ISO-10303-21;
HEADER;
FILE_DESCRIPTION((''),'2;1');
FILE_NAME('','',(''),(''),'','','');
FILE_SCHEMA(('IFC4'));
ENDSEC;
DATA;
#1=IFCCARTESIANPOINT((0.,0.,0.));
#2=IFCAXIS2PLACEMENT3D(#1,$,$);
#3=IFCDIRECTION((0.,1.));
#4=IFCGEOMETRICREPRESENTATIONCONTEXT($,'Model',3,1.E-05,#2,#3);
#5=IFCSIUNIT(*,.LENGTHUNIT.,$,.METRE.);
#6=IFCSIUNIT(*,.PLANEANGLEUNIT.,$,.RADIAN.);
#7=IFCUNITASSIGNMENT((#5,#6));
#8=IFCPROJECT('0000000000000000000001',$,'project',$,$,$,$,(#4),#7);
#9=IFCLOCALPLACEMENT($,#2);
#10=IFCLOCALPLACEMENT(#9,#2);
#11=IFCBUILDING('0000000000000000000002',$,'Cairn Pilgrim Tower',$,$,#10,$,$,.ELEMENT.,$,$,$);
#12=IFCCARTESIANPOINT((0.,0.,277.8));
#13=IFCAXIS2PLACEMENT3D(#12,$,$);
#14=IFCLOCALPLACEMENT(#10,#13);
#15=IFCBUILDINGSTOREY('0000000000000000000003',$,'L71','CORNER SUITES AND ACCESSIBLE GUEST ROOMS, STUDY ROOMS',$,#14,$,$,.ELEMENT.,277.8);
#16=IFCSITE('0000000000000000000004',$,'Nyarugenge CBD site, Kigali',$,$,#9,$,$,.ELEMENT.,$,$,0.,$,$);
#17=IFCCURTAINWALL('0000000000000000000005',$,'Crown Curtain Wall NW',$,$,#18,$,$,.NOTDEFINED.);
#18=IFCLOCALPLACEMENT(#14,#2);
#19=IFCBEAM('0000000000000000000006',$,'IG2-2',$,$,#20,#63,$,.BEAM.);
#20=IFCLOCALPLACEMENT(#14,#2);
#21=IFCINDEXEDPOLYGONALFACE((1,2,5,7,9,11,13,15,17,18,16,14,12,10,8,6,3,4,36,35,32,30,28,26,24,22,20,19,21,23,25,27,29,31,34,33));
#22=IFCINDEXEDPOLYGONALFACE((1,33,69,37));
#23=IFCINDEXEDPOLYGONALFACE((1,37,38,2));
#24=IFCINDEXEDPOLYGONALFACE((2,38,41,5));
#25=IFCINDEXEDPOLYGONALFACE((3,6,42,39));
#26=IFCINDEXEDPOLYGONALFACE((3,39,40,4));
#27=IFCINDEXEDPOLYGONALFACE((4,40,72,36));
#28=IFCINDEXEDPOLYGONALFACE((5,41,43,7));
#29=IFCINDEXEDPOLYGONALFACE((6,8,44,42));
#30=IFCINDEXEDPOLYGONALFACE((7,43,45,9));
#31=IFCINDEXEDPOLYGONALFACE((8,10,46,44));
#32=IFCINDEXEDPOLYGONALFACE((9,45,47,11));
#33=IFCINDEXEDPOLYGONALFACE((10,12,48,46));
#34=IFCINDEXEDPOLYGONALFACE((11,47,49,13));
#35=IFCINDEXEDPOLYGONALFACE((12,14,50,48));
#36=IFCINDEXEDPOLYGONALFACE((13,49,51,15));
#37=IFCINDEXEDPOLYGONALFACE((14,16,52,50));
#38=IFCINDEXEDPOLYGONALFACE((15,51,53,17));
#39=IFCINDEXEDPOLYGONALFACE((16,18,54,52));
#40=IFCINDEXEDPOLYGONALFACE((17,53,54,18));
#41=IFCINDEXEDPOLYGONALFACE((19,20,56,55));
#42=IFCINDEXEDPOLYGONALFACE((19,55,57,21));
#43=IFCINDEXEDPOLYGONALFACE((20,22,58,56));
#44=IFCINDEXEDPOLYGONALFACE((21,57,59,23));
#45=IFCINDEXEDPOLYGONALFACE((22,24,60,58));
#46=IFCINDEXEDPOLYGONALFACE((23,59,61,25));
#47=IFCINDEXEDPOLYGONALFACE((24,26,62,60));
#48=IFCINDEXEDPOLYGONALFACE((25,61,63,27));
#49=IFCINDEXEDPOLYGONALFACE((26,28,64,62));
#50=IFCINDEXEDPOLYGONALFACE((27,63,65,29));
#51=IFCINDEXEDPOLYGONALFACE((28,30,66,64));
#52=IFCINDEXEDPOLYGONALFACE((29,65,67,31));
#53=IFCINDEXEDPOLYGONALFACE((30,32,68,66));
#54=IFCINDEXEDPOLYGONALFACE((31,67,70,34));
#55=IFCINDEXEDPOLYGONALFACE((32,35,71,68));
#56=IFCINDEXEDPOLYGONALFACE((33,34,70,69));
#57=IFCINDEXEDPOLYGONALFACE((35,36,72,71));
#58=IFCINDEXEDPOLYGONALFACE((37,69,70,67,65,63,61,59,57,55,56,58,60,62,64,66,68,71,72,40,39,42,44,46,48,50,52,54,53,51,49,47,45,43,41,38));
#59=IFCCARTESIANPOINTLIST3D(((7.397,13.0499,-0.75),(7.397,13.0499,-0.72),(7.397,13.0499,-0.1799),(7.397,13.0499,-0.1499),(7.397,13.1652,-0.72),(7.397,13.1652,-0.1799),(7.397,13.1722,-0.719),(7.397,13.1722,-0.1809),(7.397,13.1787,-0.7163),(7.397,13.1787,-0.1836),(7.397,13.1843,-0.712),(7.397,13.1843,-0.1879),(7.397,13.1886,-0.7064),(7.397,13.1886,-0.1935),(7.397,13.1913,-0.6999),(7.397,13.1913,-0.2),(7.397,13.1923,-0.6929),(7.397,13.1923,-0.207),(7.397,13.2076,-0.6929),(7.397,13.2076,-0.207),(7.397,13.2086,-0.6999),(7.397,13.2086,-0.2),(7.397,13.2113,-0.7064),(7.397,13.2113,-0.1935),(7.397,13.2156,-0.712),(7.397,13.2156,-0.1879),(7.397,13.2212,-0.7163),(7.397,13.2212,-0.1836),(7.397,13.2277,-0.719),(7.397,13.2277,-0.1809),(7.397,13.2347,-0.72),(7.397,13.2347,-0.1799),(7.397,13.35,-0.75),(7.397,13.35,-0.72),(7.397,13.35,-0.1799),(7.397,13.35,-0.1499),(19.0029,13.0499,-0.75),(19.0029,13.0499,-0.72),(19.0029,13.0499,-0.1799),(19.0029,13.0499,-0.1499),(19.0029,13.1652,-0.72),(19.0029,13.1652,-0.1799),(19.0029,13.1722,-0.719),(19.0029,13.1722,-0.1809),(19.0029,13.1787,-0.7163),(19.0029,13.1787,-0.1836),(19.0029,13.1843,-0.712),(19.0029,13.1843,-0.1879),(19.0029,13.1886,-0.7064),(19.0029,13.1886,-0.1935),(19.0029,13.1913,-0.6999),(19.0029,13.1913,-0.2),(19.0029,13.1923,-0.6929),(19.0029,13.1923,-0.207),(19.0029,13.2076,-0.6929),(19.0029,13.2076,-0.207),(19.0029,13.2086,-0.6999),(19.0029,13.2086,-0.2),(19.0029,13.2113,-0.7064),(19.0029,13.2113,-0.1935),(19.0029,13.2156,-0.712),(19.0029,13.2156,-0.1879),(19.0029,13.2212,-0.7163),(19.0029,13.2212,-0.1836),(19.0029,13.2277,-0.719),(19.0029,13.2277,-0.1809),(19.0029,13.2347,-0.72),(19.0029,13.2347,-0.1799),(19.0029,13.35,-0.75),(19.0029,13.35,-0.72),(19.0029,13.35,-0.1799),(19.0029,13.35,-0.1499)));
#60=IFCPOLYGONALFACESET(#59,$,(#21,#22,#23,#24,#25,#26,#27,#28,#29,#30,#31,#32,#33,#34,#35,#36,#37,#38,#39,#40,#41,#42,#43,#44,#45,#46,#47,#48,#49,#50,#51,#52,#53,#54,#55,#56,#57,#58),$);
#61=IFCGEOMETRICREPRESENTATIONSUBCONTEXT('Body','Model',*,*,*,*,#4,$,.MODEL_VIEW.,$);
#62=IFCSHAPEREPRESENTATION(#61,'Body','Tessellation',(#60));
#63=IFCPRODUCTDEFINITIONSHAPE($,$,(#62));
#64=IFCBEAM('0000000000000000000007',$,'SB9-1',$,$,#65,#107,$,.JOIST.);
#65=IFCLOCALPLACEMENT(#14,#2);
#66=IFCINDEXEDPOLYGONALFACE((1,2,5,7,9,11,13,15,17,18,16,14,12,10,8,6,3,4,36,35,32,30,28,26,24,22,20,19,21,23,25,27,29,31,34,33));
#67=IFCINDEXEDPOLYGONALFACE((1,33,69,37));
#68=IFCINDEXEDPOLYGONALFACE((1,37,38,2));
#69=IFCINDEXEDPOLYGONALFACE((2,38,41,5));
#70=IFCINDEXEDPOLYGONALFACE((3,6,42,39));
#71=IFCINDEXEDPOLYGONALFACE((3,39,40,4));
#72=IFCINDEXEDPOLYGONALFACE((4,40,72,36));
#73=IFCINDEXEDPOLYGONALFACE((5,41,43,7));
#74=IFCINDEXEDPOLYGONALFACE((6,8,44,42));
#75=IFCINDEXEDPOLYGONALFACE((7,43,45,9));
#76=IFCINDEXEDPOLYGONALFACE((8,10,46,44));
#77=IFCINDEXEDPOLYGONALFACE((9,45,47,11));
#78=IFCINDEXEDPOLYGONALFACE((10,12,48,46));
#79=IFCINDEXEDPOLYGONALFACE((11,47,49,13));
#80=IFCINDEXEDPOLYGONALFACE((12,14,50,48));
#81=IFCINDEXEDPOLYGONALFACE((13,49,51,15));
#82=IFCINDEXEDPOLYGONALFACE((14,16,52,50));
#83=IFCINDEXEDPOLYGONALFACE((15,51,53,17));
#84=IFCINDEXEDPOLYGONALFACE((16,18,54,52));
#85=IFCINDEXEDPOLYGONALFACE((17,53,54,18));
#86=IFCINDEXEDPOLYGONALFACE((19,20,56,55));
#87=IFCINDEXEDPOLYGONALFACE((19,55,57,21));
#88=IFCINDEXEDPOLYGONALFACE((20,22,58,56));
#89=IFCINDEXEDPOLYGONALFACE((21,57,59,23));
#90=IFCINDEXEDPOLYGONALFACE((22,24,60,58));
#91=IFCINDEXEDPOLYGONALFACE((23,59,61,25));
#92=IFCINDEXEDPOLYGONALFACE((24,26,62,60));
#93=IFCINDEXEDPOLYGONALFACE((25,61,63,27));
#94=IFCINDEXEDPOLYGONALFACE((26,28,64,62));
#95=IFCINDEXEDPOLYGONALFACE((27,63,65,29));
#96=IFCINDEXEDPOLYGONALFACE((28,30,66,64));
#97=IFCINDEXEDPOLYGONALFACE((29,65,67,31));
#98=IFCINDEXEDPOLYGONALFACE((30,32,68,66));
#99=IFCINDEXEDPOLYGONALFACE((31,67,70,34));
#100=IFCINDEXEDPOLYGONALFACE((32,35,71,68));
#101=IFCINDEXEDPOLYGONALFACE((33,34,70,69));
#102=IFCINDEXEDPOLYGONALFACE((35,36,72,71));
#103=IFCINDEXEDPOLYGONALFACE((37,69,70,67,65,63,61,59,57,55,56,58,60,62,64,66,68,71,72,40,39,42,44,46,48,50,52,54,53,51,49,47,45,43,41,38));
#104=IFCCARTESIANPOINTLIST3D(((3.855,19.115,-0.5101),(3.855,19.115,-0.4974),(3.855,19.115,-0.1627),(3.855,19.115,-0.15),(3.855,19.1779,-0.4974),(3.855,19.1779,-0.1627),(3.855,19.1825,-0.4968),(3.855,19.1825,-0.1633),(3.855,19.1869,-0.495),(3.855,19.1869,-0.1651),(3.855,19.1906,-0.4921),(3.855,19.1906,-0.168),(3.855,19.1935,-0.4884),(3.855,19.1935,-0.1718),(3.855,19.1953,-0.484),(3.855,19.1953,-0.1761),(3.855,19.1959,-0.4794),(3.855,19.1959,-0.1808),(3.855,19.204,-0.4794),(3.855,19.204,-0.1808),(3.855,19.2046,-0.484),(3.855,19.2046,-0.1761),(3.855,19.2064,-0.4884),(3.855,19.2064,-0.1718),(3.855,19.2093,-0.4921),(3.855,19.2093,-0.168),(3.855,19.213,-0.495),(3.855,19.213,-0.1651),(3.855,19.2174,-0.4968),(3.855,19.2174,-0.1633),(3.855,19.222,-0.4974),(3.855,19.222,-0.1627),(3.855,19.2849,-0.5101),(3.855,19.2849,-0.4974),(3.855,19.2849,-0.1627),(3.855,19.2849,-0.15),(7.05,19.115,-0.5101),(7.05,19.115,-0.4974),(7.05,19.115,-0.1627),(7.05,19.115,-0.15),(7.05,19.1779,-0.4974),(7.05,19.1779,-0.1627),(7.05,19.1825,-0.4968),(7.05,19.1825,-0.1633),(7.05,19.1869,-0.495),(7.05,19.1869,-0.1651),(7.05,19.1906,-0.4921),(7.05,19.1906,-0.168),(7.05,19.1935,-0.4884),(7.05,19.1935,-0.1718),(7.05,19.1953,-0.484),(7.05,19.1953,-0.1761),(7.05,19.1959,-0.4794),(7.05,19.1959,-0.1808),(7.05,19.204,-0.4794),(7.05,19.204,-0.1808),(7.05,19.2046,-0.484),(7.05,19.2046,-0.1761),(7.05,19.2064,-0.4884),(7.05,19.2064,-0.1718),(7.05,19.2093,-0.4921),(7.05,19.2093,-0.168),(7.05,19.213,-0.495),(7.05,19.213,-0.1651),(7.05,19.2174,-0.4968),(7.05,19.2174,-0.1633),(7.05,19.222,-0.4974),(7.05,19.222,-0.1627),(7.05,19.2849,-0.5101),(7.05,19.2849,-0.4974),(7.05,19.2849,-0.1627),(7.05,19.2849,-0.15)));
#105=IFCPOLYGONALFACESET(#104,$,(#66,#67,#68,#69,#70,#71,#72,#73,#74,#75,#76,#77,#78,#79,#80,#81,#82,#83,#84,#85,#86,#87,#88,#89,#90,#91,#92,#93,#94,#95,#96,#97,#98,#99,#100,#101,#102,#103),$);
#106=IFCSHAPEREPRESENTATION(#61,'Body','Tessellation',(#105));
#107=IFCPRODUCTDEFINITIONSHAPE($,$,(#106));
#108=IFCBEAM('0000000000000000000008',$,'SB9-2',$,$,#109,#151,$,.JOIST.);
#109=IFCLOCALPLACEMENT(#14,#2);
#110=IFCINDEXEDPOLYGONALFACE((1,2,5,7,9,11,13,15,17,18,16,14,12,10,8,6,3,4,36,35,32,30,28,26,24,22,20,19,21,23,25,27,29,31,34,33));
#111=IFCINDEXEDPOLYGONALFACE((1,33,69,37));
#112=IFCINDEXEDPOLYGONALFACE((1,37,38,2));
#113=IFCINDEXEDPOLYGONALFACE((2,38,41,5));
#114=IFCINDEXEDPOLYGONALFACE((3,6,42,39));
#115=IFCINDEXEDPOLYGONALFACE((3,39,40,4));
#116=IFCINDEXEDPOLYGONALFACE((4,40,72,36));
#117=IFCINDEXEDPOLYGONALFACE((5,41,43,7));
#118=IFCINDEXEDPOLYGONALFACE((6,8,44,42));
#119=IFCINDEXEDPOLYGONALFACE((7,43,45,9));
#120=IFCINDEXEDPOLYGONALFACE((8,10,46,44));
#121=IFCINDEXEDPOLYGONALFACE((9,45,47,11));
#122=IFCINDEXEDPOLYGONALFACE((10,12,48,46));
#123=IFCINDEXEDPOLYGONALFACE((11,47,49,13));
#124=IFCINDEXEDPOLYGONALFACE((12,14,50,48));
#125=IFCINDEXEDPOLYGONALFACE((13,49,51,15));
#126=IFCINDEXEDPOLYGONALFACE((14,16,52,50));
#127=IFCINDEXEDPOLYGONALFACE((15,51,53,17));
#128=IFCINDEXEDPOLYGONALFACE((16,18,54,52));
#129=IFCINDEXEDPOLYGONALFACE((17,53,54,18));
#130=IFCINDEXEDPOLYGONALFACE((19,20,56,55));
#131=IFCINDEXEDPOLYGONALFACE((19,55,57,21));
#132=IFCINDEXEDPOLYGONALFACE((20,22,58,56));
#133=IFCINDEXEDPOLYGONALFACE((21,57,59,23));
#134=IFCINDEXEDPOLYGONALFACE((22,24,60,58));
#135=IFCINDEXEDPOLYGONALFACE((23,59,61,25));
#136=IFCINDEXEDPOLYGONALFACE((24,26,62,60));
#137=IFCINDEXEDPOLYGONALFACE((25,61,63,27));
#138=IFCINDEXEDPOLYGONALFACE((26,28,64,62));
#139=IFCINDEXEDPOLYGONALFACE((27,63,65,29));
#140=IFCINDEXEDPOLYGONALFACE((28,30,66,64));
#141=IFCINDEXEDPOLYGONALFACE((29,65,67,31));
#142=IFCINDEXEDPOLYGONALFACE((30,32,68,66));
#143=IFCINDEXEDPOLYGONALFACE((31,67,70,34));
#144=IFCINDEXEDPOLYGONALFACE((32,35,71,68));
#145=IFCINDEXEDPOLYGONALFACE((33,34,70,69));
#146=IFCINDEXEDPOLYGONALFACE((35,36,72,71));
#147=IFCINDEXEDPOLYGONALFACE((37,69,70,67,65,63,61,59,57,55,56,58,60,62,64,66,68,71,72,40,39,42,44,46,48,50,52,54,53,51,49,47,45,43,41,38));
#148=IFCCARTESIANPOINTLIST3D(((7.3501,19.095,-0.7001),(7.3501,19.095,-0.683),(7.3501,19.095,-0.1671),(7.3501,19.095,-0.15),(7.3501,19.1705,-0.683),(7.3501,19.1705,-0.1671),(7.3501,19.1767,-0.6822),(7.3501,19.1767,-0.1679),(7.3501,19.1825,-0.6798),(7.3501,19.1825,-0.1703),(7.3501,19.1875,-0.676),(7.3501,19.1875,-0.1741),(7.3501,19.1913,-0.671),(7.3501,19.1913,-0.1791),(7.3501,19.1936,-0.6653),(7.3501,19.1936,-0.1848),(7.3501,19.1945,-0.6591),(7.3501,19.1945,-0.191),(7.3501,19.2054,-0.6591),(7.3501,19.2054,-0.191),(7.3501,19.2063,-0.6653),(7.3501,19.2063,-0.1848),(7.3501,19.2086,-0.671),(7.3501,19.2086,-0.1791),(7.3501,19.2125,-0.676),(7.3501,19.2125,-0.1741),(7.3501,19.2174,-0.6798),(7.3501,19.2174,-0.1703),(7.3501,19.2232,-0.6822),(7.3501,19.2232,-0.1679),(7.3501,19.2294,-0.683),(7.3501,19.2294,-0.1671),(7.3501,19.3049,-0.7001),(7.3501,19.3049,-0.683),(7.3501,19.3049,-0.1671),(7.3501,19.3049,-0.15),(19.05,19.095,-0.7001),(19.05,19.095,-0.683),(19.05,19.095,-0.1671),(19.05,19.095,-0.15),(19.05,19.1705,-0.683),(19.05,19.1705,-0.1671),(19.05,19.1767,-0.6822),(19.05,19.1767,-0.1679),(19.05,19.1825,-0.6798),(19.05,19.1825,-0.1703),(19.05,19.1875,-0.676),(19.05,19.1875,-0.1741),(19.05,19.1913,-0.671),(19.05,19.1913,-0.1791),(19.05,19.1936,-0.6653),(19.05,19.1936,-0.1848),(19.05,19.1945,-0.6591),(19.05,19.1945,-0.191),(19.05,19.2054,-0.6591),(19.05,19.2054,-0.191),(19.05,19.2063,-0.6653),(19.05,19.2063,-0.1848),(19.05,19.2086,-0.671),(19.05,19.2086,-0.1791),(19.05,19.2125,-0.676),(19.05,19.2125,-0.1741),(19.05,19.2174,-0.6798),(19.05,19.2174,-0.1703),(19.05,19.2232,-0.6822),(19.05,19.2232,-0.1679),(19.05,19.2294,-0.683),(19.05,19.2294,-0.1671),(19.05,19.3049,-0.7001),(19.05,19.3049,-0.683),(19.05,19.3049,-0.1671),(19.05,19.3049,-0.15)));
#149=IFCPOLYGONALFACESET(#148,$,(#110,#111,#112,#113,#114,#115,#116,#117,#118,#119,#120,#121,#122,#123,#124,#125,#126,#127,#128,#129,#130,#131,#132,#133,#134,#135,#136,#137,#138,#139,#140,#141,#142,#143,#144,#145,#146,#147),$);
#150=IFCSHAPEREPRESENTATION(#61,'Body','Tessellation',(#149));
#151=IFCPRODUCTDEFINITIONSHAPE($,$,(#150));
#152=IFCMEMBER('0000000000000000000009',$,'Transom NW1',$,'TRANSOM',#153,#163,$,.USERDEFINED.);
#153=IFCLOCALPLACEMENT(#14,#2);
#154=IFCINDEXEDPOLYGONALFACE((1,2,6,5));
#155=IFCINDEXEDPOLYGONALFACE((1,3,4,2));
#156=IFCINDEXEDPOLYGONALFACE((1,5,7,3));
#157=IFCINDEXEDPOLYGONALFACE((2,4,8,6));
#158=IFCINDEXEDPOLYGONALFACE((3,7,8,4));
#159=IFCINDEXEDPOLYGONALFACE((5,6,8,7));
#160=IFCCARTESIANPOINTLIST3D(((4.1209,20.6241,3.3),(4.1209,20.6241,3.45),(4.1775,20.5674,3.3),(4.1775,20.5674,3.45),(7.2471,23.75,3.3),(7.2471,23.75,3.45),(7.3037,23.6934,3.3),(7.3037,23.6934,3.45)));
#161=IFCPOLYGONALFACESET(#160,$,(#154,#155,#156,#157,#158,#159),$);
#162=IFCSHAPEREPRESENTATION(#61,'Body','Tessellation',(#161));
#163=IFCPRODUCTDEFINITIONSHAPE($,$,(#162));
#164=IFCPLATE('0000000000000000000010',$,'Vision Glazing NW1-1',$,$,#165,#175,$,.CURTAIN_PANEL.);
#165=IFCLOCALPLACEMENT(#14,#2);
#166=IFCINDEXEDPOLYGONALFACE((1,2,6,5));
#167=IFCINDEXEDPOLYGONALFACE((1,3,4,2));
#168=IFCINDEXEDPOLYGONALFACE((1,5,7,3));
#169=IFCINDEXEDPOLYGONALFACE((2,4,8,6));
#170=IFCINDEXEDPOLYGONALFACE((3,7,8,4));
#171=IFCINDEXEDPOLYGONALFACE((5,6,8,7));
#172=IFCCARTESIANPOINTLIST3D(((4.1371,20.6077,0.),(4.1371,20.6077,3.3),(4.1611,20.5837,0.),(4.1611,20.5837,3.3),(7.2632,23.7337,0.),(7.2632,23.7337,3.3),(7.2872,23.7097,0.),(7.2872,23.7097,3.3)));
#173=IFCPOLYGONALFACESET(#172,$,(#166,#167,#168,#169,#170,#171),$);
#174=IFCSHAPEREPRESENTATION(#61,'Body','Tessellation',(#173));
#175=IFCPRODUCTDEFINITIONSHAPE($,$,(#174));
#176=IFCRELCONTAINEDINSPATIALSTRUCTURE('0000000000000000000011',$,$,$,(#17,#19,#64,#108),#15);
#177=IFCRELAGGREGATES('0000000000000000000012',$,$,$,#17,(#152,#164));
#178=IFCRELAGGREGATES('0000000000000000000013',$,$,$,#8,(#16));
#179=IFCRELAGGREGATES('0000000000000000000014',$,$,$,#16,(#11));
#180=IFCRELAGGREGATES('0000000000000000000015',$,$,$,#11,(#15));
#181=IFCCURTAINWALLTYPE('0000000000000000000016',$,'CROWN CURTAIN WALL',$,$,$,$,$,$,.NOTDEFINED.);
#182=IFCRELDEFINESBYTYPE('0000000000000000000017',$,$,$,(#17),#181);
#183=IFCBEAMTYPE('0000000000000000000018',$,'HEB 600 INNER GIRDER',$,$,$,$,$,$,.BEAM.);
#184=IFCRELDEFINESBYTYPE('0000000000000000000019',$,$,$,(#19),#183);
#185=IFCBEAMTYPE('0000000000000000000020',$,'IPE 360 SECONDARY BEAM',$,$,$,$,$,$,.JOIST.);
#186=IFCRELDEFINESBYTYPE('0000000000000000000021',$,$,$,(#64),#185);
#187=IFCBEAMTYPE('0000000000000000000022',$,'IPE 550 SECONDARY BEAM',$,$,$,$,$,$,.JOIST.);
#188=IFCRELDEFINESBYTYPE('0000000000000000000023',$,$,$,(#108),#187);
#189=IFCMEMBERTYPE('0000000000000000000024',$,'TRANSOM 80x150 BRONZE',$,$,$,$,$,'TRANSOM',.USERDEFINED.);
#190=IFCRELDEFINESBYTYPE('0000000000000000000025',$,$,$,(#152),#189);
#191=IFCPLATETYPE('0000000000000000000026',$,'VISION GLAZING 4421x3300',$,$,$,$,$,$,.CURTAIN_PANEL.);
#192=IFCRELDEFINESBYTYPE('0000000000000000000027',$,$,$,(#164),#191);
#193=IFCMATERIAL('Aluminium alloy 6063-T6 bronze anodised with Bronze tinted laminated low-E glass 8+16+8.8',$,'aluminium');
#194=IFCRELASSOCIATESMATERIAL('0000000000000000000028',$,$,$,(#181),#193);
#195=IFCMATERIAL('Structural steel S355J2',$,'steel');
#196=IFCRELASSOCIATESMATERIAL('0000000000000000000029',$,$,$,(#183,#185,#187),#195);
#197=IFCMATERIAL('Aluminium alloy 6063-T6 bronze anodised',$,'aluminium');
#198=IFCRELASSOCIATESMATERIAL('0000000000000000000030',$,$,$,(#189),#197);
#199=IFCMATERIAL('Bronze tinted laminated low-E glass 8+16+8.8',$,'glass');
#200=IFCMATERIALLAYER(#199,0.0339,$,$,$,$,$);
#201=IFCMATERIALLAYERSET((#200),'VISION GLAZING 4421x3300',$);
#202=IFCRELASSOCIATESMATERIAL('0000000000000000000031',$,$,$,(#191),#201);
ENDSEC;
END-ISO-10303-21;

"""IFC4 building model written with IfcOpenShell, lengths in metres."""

from ifc_helpers import new_model, si_unit, direction, frame, origin, origin_2d, place, context, subcontext, project, spatial, rectangle, i_section, extrude, material, layer, layer_set, material_profile, profile_set, type_object, element, aggregate, save


model = new_model("IFC4")

# Units and contexts
model_context = context("Model", 3, precision=1e-05, world=origin(), true_north=direction((0.0, 1.0)))
body_context = subcontext(model_context, "Body", "Model", "MODEL_VIEW")
ifc_project = project(units=[si_unit("LENGTHUNIT", "METRE"), si_unit("PLANEANGLEUNIT", "RADIAN")], contexts=[model_context])

# Site, building, storey
site_placement = place(None, origin())
site = spatial("IfcSite", under=ifc_project, at=site_placement, Name="Nyarugenge CBD site, Kigali", CompositionType="ELEMENT", RefElevation=0.0)
building_placement = place(site_placement, origin())
building = spatial("IfcBuilding", under=site, at=building_placement, Name="Cairn Pilgrim Tower", CompositionType="ELEMENT")
storey_placement = place(building_placement, frame((0.0, 0.0, 277.8)))
storey = spatial("IfcBuildingStorey", under=building, at=storey_placement, Name="L71", Description="CORNER SUITES AND ACCESSIBLE GUEST ROOMS, STUDY ROOMS", CompositionType="ELEMENT", Elevation=277.8)

# Shared definitions
ifc_material_1 = material(Name="Structural steel S355J2", Category="steel")

# Curtain wall
ifc_material_2 = material(Name="Aluminium alloy 6063-T6 bronze anodised with Bronze tinted laminated low-E glass 8+16+8.8", Category="aluminium")
curtain_wall_type = type_object("IfcCurtainWallType", Name="CROWN CURTAIN WALL", PredefinedType="NOTDEFINED", material=ifc_material_2)
curtain_wall_placement = place(storey_placement, origin())
curtain_wall = element("IfcCurtainWall", 1, at=curtain_wall_placement, inside=storey, type_object=curtain_wall_type, Name="Crown Curtain Wall NW", PredefinedType="NOTDEFINED")
ifc_material_3 = material(Name="Aluminium alloy 6063-T6 bronze anodised", Category="aluminium")

# Beams
ifc_material_profile_1 = material_profile(ifc_material_1, i_section(OverallWidth=0.3, OverallDepth=0.6001, WebThickness=0.0154, FlangeThickness=0.03, FilletRadius=0.0271, at=origin_2d()), Name="HEB 600")
ifc_profile_set_1 = profile_set([ifc_material_profile_1], Name="Structural steel S355J2")
beam_type_1 = type_object("IfcBeamType", Name="HEB 600 INNER GIRDER", PredefinedType="BEAM", material=ifc_profile_set_1)
beam_1_placement = place(storey_placement, frame((7.397, 13.2, -0.45), z_axis=(1.0, 0.0, 0.0), x_axis=(0.0, 1.0, 0.0)))
element("IfcBeam", 2, at=beam_1_placement, inside=storey, type_object=beam_type_1, Name="IG2-2", PredefinedType="BEAM", context=body_context, shape_type="SweptSolid", body=[
    extrude(i_section(OverallWidth=0.3, OverallDepth=0.6001, WebThickness=0.0154, FlangeThickness=0.03, FilletRadius=0.0271, at=origin_2d()), origin(), (0.0, 0.0, 1.0), 11.606),
])
ifc_material_profile_2 = material_profile(ifc_material_1, i_section(OverallWidth=0.1699, OverallDepth=0.3601, WebThickness=0.0081, FlangeThickness=0.0127, FilletRadius=0.0181, at=origin_2d()), Name="IPE 360")
ifc_profile_set_2 = profile_set([ifc_material_profile_2], Name="Structural steel S355J2")
beam_type_2 = type_object("IfcBeamType", Name="IPE 360 SECONDARY BEAM", PredefinedType="JOIST", material=ifc_profile_set_2)
beam_2_placement = place(storey_placement, frame((3.855, 19.2, -0.3301), z_axis=(1.0, 0.0, 0.0), x_axis=(0.0, 1.0, 0.0)))
element("IfcBeam", 3, at=beam_2_placement, inside=storey, type_object=beam_type_2, Name="SB9-1", PredefinedType="JOIST", context=body_context, shape_type="SweptSolid", body=[
    extrude(i_section(OverallWidth=0.1699, OverallDepth=0.3601, WebThickness=0.0081, FlangeThickness=0.0127, FilletRadius=0.0181, at=origin_2d()), origin(), (0.0, 0.0, 1.0), 3.1951),
])
ifc_material_profile_3 = material_profile(ifc_material_1, i_section(OverallWidth=0.21, OverallDepth=0.55, WebThickness=0.011, FlangeThickness=0.0171, FilletRadius=0.0239, at=origin_2d()), Name="IPE 550")
ifc_profile_set_3 = profile_set([ifc_material_profile_3], Name="Structural steel S355J2")
beam_type_3 = type_object("IfcBeamType", Name="IPE 550 SECONDARY BEAM", PredefinedType="JOIST", material=ifc_profile_set_3)
beam_3_placement = place(storey_placement, frame((7.3501, 19.2, -0.425), z_axis=(1.0, 0.0, 0.0), x_axis=(0.0, 1.0, 0.0)))
element("IfcBeam", 4, at=beam_3_placement, inside=storey, type_object=beam_type_3, Name="SB9-2", PredefinedType="JOIST", context=body_context, shape_type="SweptSolid", body=[
    extrude(i_section(OverallWidth=0.21, OverallDepth=0.55, WebThickness=0.011, FlangeThickness=0.0171, FilletRadius=0.0239, at=origin_2d()), origin(), (0.0, 0.0, 1.0), 11.7),
])

# Member
ifc_material_profile_4 = material_profile(ifc_material_3, rectangle(XDim=0.0801, YDim=0.1499, at=origin_2d()), Name="TRANSOM 80x150 BRONZE")
ifc_profile_set_4 = profile_set([ifc_material_profile_4], Name="Aluminium alloy 6063-T6 bronze anodised")
member_type_1 = type_object("IfcMemberType", Name="TRANSOM 80x150 BRONZE", ElementType="TRANSOM", PredefinedType="USERDEFINED", material=ifc_profile_set_4)
member_1_placement = place(storey_placement, frame((7.2754, 23.7217, 3.375), z_axis=(-0.707134, -0.707079, 0.0), x_axis=(0.707079, -0.707134, 0.0)))
member_1 = element("IfcMember", 5, at=member_1_placement, type_object=member_type_1, Name="Transom NW1", ObjectType="TRANSOM", PredefinedType="USERDEFINED", context=body_context, shape_type="SweptSolid", body=[
    extrude(rectangle(XDim=0.0801, YDim=0.1499, at=origin_2d()), origin(), (0.0, 0.0, 1.0), 4.4209),
])

# Plate
ifc_material_4 = material(Name="Bronze tinted laminated low-E glass 8+16+8.8", Category="glass")
ifc_layer_1 = layer(ifc_material_4, 0.0339)
ifc_layer_set_1 = layer_set([ifc_layer_1], Name="VISION GLAZING 4421x3300")
plate_type = type_object("IfcPlateType", Name="VISION GLAZING 4421x3300", PredefinedType="CURTAIN_PANEL", material=ifc_layer_set_1)
plate_placement = place(storey_placement, frame((5.7122, 22.1587, 0.0), z_axis=(0.0, 0.0, 1.0), x_axis=(-0.707107, -0.707107, 0.0)))
plate = element("IfcPlate", 6, at=plate_placement, type_object=plate_type, Name="Vision Glazing NW1-1", PredefinedType="CURTAIN_PANEL", context=body_context, shape_type="SweptSolid", body=[
    extrude(rectangle(XDim=4.4209, YDim=0.0339, at=origin_2d()), origin(), (0.0, 0.0, 1.0), 3.3),
])
aggregate(curtain_wall, [member_1, plate])

save(model, "model.ifc")
